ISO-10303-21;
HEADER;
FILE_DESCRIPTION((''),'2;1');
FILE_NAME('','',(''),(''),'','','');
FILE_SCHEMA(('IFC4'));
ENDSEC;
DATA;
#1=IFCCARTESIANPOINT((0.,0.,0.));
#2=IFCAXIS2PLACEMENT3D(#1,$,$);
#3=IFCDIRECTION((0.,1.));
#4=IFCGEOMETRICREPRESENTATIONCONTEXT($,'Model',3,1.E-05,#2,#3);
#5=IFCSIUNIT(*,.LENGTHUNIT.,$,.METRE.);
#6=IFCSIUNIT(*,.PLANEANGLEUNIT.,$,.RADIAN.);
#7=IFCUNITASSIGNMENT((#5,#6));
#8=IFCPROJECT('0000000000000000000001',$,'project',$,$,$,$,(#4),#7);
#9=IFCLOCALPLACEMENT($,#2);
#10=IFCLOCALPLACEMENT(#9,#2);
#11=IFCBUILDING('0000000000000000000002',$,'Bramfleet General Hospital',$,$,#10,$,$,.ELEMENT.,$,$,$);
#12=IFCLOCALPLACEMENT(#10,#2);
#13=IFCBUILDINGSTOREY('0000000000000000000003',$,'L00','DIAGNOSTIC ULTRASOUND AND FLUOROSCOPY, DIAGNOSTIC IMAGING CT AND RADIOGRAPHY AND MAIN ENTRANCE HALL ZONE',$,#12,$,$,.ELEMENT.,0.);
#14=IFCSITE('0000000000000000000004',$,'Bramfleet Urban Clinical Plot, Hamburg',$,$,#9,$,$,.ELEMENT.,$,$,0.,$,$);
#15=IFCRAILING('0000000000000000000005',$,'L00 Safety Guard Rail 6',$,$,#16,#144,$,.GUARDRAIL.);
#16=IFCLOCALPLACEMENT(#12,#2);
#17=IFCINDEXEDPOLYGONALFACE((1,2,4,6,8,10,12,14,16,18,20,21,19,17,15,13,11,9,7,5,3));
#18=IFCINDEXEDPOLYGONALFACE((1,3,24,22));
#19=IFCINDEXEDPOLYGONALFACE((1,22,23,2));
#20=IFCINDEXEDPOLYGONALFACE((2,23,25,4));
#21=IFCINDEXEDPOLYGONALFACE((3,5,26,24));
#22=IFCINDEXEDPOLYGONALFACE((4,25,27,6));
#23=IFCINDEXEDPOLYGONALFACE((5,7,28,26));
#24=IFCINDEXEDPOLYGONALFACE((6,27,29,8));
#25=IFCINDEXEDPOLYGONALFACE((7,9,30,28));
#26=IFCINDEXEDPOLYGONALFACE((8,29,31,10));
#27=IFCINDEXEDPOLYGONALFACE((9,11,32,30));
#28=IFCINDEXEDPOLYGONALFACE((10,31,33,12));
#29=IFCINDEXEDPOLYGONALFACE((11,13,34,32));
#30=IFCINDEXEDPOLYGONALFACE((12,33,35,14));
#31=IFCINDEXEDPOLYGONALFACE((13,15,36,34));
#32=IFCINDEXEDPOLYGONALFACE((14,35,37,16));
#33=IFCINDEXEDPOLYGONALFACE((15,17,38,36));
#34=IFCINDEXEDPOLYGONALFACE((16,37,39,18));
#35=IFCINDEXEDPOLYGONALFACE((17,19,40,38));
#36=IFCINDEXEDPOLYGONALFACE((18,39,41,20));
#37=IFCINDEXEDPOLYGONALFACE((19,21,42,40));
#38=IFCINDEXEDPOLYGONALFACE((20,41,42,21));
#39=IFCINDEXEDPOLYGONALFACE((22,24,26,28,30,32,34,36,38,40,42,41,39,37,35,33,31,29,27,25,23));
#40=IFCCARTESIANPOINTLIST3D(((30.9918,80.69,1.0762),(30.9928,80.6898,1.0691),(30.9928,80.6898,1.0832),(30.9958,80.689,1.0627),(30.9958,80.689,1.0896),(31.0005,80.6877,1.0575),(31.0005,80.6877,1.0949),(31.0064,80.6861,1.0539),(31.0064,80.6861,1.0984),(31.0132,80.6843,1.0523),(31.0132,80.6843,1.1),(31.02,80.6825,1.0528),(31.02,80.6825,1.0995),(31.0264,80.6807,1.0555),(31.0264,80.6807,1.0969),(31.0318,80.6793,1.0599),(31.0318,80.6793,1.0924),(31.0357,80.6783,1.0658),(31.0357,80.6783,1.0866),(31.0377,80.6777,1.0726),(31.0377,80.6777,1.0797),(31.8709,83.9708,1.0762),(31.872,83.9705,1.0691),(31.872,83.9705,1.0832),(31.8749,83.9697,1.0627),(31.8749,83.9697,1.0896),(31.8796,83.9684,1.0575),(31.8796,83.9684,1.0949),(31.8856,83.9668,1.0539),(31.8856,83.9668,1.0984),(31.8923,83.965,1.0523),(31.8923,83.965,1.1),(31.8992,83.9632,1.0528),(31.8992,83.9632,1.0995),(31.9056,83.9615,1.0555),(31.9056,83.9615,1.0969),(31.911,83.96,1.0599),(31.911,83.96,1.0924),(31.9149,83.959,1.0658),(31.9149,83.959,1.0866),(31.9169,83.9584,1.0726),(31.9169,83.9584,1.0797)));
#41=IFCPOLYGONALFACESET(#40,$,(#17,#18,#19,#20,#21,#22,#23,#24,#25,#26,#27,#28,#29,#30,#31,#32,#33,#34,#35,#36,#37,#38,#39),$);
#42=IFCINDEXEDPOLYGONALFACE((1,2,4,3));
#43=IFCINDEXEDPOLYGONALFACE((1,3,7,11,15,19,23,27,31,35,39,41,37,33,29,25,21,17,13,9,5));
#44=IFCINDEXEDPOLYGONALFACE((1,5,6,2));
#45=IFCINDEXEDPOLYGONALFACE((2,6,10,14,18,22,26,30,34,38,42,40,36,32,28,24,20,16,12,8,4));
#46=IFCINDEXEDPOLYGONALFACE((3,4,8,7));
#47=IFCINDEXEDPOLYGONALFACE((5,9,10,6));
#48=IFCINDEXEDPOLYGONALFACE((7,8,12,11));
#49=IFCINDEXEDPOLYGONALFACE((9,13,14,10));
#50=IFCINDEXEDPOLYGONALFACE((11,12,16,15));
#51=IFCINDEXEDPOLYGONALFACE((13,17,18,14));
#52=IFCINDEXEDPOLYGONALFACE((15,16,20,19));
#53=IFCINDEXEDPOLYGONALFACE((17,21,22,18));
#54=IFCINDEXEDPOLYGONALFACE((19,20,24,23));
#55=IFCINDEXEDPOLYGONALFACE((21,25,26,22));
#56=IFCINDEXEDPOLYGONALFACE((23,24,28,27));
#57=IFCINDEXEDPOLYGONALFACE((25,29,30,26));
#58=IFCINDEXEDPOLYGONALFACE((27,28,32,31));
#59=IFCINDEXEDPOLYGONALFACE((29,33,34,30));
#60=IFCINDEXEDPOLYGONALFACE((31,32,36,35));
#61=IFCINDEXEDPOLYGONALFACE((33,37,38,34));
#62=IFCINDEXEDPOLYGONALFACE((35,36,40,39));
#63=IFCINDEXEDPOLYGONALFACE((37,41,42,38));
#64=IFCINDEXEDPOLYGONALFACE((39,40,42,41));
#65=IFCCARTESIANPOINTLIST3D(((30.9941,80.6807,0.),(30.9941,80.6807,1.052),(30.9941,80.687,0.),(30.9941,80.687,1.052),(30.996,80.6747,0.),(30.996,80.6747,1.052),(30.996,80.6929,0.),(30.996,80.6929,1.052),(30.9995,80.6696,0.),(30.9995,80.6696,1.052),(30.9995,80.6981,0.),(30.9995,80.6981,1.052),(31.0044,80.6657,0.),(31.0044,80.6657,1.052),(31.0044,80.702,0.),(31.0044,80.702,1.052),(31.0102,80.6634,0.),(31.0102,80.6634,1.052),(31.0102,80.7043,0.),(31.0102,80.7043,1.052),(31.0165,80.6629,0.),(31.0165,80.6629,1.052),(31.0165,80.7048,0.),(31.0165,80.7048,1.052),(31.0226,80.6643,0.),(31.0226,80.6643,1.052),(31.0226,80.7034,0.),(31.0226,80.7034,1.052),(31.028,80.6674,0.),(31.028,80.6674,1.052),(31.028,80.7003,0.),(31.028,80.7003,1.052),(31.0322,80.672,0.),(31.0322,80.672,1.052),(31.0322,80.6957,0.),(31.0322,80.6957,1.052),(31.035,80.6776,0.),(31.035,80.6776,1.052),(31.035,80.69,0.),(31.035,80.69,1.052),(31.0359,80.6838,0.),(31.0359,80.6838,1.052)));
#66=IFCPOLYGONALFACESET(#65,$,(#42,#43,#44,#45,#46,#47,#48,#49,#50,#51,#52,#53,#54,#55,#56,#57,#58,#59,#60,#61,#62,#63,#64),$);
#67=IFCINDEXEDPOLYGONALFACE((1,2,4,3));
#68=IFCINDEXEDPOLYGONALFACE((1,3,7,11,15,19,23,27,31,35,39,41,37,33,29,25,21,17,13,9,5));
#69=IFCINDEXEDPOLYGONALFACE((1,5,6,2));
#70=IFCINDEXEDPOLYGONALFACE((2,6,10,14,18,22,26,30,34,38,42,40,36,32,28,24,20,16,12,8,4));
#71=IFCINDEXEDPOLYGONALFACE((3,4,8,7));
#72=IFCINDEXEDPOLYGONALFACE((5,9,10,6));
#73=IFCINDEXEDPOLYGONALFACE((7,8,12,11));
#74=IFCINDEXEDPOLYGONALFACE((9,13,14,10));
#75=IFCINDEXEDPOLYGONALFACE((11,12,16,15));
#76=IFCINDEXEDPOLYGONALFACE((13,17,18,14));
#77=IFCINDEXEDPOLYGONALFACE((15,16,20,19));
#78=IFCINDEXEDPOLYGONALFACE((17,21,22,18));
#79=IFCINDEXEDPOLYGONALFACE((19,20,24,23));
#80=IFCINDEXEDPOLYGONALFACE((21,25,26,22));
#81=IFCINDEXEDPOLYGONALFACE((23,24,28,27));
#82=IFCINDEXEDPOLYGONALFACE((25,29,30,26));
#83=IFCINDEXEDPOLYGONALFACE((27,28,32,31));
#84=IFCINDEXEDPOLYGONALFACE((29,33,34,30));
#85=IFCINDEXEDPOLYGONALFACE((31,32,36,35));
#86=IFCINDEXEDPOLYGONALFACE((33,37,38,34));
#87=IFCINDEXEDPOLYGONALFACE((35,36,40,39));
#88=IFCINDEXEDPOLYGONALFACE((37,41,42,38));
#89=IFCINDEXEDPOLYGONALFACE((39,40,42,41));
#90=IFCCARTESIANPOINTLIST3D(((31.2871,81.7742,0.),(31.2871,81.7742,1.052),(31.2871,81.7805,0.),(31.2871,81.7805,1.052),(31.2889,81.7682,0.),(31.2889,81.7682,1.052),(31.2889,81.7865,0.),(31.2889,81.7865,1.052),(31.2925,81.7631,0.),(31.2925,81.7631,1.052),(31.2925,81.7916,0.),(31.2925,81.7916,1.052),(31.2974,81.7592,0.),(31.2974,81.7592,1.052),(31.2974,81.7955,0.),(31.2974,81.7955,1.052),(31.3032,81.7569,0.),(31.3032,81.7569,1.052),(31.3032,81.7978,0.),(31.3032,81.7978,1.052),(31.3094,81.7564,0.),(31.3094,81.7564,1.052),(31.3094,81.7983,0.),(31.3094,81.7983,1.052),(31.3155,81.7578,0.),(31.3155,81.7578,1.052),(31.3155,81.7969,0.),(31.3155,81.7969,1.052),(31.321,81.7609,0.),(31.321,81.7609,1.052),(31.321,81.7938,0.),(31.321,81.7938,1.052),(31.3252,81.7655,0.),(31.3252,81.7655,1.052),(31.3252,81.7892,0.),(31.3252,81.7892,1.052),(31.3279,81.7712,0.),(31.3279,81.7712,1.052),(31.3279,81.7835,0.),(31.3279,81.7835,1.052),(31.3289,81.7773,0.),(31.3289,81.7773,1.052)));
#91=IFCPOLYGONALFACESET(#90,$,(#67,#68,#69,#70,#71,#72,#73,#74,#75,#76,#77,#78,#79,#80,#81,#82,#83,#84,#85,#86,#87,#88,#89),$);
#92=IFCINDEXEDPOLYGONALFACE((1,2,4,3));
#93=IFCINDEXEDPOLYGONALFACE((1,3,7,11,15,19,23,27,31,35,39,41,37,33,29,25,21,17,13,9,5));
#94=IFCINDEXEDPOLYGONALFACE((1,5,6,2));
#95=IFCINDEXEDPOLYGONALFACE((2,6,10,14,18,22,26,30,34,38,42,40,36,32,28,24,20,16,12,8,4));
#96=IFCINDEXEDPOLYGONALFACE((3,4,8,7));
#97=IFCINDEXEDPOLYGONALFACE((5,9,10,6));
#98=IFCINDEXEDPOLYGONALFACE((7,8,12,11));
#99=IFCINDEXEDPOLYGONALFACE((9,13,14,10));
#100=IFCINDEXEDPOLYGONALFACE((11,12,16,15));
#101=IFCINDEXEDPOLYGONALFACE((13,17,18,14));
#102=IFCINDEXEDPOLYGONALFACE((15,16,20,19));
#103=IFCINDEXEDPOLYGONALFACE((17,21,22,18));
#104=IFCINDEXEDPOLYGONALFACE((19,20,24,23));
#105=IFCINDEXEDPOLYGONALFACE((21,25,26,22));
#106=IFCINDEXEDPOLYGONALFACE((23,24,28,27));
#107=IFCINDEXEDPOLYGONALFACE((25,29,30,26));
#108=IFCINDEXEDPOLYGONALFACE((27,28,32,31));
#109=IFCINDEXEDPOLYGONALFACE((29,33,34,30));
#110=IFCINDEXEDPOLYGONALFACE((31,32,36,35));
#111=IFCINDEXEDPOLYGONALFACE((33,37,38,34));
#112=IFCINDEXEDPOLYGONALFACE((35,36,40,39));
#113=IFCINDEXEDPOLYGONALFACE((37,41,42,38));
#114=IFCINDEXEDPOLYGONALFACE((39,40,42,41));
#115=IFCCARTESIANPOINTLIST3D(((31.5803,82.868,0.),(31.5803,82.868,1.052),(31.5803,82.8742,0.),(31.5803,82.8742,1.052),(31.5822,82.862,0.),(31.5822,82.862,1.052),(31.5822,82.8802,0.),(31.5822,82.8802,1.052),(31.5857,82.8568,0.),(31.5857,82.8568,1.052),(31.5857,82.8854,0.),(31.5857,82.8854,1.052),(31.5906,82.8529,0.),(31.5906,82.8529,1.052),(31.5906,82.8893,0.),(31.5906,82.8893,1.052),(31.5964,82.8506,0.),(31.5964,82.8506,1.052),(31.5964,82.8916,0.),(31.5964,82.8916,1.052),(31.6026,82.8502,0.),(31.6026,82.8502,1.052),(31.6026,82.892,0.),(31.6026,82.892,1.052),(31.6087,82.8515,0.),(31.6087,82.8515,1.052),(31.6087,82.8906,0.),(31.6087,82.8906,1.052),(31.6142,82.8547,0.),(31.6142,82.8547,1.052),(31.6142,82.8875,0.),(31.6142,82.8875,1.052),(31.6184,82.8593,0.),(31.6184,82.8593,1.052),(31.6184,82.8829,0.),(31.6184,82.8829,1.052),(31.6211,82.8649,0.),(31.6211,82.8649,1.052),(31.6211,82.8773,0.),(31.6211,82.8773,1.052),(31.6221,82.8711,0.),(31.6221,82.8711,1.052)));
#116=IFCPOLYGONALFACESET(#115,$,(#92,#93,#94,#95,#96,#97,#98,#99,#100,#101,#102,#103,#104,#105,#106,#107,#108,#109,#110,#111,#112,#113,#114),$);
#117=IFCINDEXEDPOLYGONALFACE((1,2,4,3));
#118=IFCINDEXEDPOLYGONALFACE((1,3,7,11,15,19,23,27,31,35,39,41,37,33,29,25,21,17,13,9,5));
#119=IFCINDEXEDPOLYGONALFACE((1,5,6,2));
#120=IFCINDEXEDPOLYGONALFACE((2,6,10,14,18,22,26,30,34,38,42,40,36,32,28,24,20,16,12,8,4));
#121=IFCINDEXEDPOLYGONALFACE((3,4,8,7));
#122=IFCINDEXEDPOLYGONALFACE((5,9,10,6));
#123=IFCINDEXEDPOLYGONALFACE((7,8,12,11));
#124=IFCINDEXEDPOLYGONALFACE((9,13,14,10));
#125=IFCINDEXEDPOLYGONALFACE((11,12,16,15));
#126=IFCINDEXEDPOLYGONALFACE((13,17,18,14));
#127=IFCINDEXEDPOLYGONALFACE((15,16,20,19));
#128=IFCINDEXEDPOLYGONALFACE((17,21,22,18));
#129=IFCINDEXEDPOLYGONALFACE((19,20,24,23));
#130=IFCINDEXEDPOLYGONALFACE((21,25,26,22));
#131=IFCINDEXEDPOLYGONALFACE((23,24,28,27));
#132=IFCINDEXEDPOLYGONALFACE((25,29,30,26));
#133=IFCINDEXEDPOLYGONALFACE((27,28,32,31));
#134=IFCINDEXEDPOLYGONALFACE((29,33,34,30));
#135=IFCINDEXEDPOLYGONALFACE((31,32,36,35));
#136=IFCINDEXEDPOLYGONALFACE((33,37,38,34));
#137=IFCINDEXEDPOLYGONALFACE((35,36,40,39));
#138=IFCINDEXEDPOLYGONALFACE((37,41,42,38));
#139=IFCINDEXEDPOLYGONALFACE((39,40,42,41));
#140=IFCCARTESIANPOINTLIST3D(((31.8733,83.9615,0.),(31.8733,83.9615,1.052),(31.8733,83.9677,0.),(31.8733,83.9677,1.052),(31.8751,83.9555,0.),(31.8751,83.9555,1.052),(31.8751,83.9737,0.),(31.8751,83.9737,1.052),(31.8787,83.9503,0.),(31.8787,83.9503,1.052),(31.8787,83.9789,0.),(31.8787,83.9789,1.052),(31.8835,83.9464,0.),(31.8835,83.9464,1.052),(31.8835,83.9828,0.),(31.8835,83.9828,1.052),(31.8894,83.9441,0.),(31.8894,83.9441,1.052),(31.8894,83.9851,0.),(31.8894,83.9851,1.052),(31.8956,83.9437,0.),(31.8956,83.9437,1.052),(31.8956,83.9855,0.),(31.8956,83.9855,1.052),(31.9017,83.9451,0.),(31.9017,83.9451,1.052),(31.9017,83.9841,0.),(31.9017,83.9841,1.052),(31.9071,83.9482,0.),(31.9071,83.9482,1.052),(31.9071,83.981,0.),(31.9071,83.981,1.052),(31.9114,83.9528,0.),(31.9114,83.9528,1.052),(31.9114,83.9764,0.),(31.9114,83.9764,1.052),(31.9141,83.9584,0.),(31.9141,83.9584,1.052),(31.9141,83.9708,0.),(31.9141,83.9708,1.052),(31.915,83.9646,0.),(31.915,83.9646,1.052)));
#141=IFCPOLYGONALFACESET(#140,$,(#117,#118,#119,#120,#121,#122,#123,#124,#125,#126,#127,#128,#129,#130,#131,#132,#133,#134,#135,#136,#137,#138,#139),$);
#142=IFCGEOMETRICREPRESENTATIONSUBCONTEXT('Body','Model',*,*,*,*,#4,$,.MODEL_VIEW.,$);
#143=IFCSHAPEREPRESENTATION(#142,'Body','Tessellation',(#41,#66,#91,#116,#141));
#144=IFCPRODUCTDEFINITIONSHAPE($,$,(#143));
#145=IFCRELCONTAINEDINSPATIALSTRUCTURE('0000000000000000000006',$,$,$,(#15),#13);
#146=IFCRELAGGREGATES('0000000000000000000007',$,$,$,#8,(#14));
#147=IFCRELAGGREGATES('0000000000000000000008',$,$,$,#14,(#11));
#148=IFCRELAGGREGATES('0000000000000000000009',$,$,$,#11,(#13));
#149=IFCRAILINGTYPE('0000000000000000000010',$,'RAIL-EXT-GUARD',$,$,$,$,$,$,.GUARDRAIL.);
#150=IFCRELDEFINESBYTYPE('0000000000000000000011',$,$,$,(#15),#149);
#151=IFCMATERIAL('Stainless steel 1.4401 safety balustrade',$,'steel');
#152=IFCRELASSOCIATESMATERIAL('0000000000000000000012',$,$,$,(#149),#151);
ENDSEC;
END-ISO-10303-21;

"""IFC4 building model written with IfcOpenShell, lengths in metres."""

from ifc_helpers import new_model, si_unit, direction, frame, origin, origin_2d, place, context, subcontext, project, spatial, circle, extrude, material, type_object, element, save


model = new_model("IFC4")

# Units and contexts
model_context = context("Model", 3, precision=1e-05, world=origin(), true_north=direction((0.0, 1.0)))
body_context = subcontext(model_context, "Body", "Model", "MODEL_VIEW")
ifc_project = project(units=[si_unit("LENGTHUNIT", "METRE"), si_unit("PLANEANGLEUNIT", "RADIAN")], contexts=[model_context])

# Site, building, storey
site_placement = place(None, origin())
site = spatial("IfcSite", under=ifc_project, at=site_placement, Name="Bramfleet Urban Clinical Plot, Hamburg", CompositionType="ELEMENT", RefElevation=0.0)
building_placement = place(site_placement, origin())
building = spatial("IfcBuilding", under=site, at=building_placement, Name="Bramfleet General Hospital", CompositionType="ELEMENT")
storey_placement = place(building_placement, origin())
storey = spatial("IfcBuildingStorey", under=building, at=storey_placement, Name="L00", Description="DIAGNOSTIC ULTRASOUND AND FLUOROSCOPY, DIAGNOSTIC IMAGING CT AND RADIOGRAPHY AND MAIN ENTRANCE HALL ZONE", CompositionType="ELEMENT", Elevation=0.0)

# Railing
ifc_material_1 = material(Name="Stainless steel 1.4401 safety balustrade", Category="steel")
railing_type = type_object("IfcRailingType", Name="RAIL-EXT-GUARD", PredefinedType="GUARDRAIL", material=ifc_material_1)
railing_1_placement = place(storey_placement, frame((31.0149, 80.6838, 0.0)))
element("IfcRailing", 1, at=railing_1_placement, inside=storey, type_object=railing_type, Name="L00 Safety Guard Rail 6", PredefinedType="GUARDRAIL", context=body_context, shape_type="SweptSolid", body=[
    extrude(circle(Radius=0.0239, at=origin_2d()), frame((0.0, 0.0, 1.0762), z_axis=(0.258839, 0.96592, 0.0), x_axis=(-0.96592, 0.258839, 0.0)), (0.0, 0.0, 1.0), 3.3965),
    extrude(circle(Radius=0.021, at=origin_2d()), origin(), (0.0, 0.0, 1.0), 1.052),
    extrude(circle(Radius=0.021, at=origin_2d()), frame((0.293, 1.0935, 0.0)), (0.0, 0.0, 1.0), 1.052),
    extrude(circle(Radius=0.021, at=origin_2d()), frame((0.5862, 2.1873, 0.0)), (0.0, 0.0, 1.0), 1.052),
    extrude(circle(Radius=0.021, at=origin_2d()), frame((0.8792, 3.2808, 0.0)), (0.0, 0.0, 1.0), 1.052),
])

save(model, "model.ifc")
